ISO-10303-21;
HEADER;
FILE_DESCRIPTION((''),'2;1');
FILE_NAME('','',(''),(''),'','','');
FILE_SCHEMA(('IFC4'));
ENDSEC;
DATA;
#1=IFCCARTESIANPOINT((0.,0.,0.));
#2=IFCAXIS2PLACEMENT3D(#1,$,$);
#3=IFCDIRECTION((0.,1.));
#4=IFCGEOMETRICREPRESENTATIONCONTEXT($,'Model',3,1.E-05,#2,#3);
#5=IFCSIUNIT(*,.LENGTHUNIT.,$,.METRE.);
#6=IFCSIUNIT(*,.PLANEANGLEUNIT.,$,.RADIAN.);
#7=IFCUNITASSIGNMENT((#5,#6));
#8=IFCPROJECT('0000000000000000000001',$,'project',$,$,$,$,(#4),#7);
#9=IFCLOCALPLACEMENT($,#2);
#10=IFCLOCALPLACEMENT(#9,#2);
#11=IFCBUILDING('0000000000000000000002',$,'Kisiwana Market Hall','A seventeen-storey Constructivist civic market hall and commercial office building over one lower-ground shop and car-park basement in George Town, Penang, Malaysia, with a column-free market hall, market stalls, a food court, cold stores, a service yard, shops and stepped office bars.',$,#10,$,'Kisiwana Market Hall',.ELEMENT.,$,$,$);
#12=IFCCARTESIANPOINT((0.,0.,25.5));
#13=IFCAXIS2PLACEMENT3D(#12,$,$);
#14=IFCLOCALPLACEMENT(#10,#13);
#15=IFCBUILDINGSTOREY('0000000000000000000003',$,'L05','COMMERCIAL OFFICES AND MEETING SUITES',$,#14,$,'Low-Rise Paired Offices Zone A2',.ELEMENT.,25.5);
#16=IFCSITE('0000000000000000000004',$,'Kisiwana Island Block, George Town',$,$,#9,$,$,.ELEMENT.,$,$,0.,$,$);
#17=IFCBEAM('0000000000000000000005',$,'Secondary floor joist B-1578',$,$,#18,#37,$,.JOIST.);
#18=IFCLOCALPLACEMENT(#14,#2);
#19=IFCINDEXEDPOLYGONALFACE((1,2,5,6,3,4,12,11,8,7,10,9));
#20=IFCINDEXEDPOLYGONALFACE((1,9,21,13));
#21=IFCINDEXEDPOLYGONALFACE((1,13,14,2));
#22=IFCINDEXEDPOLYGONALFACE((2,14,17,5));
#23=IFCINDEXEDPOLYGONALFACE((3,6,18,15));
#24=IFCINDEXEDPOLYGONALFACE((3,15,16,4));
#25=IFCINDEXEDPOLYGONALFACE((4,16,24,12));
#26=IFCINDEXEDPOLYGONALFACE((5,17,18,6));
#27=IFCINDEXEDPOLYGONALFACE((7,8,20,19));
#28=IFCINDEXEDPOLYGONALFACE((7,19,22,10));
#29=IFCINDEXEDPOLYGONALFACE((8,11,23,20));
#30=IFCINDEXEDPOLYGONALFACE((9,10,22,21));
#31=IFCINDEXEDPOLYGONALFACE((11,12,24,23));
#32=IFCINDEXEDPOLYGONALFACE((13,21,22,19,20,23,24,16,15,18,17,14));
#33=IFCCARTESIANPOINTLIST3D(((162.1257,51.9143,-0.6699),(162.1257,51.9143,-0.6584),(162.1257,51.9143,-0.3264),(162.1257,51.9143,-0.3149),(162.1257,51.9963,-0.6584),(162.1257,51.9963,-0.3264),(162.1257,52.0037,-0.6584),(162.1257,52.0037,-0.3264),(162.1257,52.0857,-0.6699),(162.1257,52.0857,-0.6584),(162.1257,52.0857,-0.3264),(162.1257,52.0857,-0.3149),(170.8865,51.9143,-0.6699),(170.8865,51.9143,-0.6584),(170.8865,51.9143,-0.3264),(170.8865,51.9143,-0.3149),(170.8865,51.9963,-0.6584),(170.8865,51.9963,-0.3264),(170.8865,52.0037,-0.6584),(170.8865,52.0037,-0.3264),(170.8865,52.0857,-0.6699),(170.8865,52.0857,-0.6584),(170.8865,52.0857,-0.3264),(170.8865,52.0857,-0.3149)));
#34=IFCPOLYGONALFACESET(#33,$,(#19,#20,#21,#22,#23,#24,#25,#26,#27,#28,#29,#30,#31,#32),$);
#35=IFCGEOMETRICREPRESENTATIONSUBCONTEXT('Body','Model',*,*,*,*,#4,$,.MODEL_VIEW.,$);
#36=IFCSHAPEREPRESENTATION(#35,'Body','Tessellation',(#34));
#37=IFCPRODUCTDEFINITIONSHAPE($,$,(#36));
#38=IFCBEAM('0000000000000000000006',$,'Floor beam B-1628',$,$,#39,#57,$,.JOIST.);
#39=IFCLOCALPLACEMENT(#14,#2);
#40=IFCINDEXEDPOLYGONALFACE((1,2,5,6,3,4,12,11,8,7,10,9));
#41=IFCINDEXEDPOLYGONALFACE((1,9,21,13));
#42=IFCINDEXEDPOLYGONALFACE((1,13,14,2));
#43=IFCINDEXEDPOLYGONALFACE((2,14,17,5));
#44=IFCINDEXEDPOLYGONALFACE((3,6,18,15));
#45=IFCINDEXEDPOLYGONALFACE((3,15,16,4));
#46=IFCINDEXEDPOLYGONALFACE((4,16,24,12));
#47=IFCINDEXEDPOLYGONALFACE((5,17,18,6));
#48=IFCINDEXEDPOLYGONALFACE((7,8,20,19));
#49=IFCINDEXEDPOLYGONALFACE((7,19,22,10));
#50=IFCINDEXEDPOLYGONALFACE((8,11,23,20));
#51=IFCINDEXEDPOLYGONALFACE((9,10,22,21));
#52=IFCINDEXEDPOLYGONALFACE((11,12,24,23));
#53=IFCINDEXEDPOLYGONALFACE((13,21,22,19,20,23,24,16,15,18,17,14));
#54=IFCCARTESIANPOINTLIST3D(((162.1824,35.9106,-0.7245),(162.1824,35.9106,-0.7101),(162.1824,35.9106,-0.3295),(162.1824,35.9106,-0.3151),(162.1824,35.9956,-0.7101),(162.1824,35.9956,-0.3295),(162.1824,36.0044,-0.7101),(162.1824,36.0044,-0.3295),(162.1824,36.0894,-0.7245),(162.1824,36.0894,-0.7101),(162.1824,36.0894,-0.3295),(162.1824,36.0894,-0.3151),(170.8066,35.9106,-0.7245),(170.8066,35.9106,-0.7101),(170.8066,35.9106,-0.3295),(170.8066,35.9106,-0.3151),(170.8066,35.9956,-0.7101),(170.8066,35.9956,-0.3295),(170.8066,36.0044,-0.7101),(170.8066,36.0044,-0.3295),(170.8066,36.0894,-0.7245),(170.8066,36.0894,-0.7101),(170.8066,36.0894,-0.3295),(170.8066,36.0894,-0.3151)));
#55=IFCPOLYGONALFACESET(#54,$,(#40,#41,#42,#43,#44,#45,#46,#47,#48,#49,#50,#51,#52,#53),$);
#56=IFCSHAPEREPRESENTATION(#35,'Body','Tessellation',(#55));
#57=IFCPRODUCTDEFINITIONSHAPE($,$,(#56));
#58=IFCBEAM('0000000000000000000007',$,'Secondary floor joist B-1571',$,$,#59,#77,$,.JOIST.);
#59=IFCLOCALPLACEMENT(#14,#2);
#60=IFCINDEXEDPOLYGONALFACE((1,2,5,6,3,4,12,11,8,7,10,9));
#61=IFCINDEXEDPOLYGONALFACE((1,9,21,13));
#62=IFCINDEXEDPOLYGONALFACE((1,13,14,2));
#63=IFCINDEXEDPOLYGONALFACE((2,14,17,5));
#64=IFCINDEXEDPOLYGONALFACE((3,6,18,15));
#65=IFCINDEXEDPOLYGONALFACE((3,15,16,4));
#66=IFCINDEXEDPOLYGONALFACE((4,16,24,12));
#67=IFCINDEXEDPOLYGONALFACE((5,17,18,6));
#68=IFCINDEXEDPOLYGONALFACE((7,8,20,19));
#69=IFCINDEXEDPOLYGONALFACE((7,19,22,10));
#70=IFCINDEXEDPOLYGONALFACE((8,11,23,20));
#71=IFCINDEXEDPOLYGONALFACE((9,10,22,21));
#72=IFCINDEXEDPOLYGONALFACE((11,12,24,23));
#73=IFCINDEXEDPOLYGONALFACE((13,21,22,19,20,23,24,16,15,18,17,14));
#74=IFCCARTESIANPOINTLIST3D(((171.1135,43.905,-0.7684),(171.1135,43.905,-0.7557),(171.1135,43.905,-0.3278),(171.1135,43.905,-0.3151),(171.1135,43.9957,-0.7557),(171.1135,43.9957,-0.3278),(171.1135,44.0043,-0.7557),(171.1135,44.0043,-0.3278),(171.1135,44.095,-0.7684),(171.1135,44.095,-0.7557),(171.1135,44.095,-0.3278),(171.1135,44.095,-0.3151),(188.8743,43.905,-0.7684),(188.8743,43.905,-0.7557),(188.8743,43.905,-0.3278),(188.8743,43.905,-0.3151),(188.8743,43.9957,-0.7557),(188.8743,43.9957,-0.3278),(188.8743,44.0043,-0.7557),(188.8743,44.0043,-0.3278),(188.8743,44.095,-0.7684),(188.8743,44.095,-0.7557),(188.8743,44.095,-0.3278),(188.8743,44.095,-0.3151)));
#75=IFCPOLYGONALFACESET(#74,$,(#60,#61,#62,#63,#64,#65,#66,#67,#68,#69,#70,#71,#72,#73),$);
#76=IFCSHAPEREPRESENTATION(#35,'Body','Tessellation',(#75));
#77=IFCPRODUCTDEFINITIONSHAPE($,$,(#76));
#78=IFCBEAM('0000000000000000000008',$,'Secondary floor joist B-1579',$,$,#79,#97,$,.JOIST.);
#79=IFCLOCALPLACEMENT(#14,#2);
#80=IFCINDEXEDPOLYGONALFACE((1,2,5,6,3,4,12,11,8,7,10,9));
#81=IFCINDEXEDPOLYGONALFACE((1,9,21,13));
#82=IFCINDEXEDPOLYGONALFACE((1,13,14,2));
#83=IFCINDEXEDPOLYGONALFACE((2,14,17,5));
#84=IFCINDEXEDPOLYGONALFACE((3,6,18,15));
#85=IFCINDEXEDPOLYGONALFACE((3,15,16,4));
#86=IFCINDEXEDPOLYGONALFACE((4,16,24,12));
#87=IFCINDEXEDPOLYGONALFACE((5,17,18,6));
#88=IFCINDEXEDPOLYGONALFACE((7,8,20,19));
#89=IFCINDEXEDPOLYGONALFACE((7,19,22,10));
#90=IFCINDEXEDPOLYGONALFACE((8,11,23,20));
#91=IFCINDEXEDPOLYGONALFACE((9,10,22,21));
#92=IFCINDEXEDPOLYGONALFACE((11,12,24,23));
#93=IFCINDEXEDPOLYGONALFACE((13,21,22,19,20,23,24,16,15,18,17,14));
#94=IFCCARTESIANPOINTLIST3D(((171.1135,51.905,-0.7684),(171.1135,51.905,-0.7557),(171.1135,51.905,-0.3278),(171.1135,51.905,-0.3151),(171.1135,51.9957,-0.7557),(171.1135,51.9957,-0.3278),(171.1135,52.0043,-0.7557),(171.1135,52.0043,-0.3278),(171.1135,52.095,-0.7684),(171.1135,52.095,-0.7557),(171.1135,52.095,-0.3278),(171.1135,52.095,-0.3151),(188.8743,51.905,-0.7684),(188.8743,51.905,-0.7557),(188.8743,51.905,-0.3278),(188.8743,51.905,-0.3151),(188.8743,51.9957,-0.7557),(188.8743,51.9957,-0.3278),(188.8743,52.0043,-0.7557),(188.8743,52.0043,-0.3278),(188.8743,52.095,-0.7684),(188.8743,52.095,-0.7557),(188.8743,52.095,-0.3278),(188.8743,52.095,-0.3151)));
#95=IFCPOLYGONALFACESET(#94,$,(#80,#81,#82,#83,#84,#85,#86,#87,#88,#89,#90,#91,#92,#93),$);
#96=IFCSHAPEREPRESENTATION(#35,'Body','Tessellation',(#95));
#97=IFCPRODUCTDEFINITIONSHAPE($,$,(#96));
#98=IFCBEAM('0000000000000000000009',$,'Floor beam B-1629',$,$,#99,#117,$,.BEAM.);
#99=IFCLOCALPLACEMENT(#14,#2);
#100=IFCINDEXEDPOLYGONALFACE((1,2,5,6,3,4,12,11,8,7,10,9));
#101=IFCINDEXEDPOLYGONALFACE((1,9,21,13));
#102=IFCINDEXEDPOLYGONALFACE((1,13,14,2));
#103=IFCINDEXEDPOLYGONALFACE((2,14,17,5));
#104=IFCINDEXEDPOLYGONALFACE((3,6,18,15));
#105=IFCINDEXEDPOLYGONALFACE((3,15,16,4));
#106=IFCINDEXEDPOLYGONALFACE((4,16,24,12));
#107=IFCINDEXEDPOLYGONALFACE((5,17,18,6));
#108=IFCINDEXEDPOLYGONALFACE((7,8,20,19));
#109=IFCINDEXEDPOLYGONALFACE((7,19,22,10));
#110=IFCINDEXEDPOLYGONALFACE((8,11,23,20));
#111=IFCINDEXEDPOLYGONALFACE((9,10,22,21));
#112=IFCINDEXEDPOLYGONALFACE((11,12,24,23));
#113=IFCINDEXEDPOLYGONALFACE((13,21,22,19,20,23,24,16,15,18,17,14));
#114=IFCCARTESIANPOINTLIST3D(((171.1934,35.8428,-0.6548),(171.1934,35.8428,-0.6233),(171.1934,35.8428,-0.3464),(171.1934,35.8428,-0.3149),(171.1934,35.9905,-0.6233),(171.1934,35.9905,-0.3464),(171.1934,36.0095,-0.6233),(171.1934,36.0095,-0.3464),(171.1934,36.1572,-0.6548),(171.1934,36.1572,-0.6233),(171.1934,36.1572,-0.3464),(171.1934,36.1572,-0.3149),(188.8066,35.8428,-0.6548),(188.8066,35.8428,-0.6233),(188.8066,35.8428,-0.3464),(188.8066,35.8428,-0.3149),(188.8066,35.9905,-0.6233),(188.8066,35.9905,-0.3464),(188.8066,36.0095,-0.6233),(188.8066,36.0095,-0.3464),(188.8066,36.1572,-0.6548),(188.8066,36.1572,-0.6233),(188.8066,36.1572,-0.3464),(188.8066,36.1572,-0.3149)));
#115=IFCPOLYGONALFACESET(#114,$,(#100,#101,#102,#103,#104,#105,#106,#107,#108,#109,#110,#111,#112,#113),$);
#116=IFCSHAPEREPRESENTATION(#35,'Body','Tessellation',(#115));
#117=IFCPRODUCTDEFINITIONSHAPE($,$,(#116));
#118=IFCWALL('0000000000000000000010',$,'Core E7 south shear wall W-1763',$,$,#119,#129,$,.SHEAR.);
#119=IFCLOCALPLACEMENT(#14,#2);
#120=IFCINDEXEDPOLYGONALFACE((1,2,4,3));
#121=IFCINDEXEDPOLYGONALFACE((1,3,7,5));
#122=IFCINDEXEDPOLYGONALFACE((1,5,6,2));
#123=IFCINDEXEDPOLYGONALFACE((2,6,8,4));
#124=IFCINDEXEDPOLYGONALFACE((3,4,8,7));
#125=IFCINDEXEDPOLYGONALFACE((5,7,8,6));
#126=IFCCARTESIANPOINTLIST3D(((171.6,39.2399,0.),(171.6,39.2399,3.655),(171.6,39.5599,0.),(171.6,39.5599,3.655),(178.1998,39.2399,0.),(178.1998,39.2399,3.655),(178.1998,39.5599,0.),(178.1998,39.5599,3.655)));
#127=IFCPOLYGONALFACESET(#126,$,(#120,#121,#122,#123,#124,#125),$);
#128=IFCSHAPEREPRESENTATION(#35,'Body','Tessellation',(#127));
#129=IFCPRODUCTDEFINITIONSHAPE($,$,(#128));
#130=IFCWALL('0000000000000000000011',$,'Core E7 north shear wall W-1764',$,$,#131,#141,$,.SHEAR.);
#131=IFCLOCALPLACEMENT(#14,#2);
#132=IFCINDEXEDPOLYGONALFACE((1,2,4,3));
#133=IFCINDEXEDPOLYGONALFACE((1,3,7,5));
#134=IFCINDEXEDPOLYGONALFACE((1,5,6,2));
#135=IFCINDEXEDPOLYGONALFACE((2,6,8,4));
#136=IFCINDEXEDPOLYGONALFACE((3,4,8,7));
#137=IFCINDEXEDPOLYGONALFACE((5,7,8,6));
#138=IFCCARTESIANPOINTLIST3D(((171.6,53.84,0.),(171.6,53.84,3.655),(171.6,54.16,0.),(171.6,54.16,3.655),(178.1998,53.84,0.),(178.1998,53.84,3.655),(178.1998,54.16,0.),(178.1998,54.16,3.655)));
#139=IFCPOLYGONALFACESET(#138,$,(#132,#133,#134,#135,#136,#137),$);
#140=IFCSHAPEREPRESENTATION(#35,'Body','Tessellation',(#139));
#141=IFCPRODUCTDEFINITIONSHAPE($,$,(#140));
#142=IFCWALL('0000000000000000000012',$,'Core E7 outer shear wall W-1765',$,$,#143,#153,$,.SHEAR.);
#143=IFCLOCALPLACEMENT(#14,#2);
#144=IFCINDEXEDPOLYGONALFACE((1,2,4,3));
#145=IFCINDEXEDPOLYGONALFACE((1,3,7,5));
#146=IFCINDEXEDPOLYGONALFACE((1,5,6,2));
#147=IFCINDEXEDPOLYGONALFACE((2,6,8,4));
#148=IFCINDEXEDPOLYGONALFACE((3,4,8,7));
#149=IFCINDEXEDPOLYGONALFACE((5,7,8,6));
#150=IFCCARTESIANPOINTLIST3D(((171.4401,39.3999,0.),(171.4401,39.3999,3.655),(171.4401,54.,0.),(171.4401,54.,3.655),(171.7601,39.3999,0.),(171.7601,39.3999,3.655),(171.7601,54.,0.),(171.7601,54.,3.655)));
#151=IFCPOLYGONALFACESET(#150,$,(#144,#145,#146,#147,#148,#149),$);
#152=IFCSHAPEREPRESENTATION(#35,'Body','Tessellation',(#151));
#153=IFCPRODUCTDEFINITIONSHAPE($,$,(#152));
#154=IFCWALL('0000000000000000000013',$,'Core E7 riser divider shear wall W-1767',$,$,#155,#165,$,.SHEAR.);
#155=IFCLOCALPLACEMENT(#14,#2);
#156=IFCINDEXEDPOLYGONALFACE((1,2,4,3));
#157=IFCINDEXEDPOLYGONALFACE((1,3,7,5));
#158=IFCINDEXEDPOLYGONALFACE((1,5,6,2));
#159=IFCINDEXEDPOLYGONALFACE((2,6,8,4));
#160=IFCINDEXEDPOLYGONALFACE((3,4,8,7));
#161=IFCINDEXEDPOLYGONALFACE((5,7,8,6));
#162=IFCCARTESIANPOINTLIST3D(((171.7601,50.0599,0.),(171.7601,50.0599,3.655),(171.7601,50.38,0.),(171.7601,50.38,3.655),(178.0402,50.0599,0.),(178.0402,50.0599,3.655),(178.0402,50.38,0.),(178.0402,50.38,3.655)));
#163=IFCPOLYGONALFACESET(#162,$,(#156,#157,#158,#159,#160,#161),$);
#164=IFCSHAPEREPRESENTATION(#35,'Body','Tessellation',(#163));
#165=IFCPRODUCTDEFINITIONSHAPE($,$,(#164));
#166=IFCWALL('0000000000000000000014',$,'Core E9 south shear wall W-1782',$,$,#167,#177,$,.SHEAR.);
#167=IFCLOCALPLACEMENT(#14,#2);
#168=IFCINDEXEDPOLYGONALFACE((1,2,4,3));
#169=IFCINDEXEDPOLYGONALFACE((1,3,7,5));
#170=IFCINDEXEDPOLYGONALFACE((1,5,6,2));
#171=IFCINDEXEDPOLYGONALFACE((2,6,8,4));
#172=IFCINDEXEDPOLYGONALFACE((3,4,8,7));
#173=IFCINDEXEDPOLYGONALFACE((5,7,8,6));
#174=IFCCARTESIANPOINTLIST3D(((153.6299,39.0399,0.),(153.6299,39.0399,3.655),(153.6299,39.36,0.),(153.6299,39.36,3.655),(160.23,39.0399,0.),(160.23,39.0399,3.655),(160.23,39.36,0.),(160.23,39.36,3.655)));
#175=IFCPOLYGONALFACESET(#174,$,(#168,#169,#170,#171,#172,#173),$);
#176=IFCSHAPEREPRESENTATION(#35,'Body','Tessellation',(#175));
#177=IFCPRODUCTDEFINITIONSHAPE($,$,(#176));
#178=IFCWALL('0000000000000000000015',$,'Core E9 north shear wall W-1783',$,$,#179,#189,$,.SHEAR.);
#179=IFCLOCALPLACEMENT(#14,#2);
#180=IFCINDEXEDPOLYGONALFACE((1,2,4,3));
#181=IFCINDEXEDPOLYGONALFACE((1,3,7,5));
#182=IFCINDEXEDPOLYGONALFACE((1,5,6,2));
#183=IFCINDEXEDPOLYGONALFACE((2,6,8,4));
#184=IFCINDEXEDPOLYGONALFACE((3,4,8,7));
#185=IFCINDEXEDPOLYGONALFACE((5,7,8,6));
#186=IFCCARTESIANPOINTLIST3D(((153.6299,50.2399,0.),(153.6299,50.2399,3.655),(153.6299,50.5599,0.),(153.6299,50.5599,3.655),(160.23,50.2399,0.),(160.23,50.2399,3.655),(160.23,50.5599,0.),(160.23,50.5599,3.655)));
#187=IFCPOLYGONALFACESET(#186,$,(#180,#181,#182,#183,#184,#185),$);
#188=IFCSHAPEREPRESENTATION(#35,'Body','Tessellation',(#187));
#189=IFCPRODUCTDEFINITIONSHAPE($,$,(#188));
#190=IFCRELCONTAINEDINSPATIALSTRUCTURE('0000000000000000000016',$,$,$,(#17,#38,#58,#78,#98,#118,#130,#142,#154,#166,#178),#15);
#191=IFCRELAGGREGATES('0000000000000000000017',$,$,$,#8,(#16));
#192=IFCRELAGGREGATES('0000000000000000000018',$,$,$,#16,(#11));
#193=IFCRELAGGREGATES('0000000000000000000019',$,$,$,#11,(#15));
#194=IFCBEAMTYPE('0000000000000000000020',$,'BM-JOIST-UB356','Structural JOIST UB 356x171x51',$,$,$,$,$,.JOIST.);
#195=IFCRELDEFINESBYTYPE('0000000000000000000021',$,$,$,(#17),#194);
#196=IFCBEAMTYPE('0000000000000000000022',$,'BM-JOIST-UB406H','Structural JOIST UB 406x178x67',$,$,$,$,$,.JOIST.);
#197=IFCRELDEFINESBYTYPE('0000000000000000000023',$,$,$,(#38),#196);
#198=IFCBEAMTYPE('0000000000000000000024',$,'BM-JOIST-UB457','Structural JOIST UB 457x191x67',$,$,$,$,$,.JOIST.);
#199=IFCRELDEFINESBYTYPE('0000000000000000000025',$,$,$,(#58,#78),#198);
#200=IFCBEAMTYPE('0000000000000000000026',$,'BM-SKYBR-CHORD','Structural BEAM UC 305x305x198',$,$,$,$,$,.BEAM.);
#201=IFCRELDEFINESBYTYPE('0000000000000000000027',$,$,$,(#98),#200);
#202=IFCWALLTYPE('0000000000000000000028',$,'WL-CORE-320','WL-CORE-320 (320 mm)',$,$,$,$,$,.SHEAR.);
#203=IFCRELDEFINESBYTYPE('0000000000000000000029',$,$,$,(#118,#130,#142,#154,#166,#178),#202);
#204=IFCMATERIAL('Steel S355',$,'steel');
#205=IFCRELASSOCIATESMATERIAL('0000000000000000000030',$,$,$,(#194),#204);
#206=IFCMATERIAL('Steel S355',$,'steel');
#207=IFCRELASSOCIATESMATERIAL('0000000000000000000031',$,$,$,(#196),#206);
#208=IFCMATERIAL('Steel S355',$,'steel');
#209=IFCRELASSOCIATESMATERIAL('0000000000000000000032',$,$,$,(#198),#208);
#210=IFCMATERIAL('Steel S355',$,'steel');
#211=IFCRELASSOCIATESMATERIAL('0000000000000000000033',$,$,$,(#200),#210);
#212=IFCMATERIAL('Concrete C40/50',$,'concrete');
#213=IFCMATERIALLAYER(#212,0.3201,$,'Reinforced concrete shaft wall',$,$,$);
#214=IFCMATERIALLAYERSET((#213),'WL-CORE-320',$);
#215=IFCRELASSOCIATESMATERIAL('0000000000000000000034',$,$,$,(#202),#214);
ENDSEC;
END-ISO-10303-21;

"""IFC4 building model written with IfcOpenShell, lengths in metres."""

from ifc_helpers import new_model, si_unit, direction, frame, frame_2d, origin, origin_2d, place, context, subcontext, project, spatial, rectangle, i_section, extrude, material, layer, layer_set, material_profile, profile_set, type_object, element, save


model = new_model("IFC4")

# Units and contexts
model_context = context("Model", 3, precision=1e-05, world=origin(), true_north=direction((0.0, 1.0)))
body_context = subcontext(model_context, "Body", "Model", "MODEL_VIEW")
ifc_project = project(units=[si_unit("LENGTHUNIT", "METRE"), si_unit("PLANEANGLEUNIT", "RADIAN")], contexts=[model_context])

# Site, building, storey
site_placement = place(None, origin())
site = spatial("IfcSite", under=ifc_project, at=site_placement, Name="Kisiwana Island Block, George Town", CompositionType="ELEMENT", RefElevation=0.0)
building_placement = place(site_placement, origin())
building = spatial("IfcBuilding", under=site, at=building_placement, Name="Kisiwana Market Hall", Description="A seventeen-storey Constructivist civic market hall and commercial office building over one lower-ground shop and car-park basement in George Town, Penang, Malaysia, with a column-free market hall, market stalls, a food court, cold stores, a service yard, shops and stepped office bars.", LongName="Kisiwana Market Hall", CompositionType="ELEMENT")
storey_placement = place(building_placement, frame((0.0, 0.0, 25.5)))
storey = spatial("IfcBuildingStorey", under=building, at=storey_placement, Name="L05", Description="COMMERCIAL OFFICES AND MEETING SUITES", LongName="Low-Rise Paired Offices Zone A2", CompositionType="ELEMENT", Elevation=25.5)

# Beams
ifc_material_1 = material(Name="Steel S355", Category="steel")
ifc_material_profile_1 = material_profile(ifc_material_1, i_section(OverallWidth=0.1714, OverallDepth=0.355, WebThickness=0.0073, FlangeThickness=0.0115, at=origin_2d()), Name="UB 356x171x51")
ifc_profile_set_1 = profile_set([ifc_material_profile_1], Name="Steel S355")
beam_type_1 = type_object("IfcBeamType", Name="BM-JOIST-UB356", Description="Structural JOIST UB 356x171x51", PredefinedType="JOIST", material=ifc_profile_set_1)
for number, where, z_axis, x_axis, name in (
    (1, (162.1257, 52.0, -0.4924), (1.0, 0.0, 0.0), (0.0, 1.0, 0.0), "Secondary floor joist B-1578"),
):
    element("IfcBeam", number, at=place(storey_placement, frame(where, z_axis=z_axis, x_axis=x_axis)), inside=storey, type_object=beam_type_1, Name=name, PredefinedType="JOIST", context=body_context, shape_type="SweptSolid", body=[
        extrude(i_section(OverallWidth=0.1714, OverallDepth=0.355, WebThickness=0.0073, FlangeThickness=0.0115, at=origin_2d()), origin(), (0.0, 0.0, 1.0), 8.7607),
    ])
ifc_material_2 = material(Name="Steel S355", Category="steel")
ifc_material_profile_2 = material_profile(ifc_material_2, i_section(OverallWidth=0.1787, OverallDepth=0.4094, WebThickness=0.0088, FlangeThickness=0.0144, at=origin_2d()), Name="UB 406x178x67")
ifc_profile_set_2 = profile_set([ifc_material_profile_2], Name="Steel S355")
beam_type_2 = type_object("IfcBeamType", Name="BM-JOIST-UB406H", Description="Structural JOIST UB 406x178x67", PredefinedType="JOIST", material=ifc_profile_set_2)
beam_1_placement = place(storey_placement, frame((162.1824, 36.0, -0.5198), z_axis=(1.0, 0.0, 0.0), x_axis=(0.0, 1.0, 0.0)))
element("IfcBeam", 2, at=beam_1_placement, inside=storey, type_object=beam_type_2, Name="Floor beam B-1628", PredefinedType="JOIST", context=body_context, shape_type="SweptSolid", body=[
    extrude(i_section(OverallWidth=0.1787, OverallDepth=0.4094, WebThickness=0.0088, FlangeThickness=0.0144, at=origin_2d()), origin(), (0.0, 0.0, 1.0), 8.6243),
])
ifc_material_3 = material(Name="Steel S355", Category="steel")
ifc_material_profile_3 = material_profile(ifc_material_3, i_section(OverallWidth=0.1899, OverallDepth=0.4534, WebThickness=0.0085, FlangeThickness=0.0127, at=origin_2d()), Name="UB 457x191x67")
ifc_profile_set_3 = profile_set([ifc_material_profile_3], Name="Steel S355")
beam_type_3 = type_object("IfcBeamType", Name="BM-JOIST-UB457", Description="Structural JOIST UB 457x191x67", PredefinedType="JOIST", material=ifc_profile_set_3)
for number, where, z_axis, x_axis, name in (
    (3, (171.1135, 44.0, -0.5417), (1.0, 0.0, 0.0), (0.0, 1.0, 0.0), "Secondary floor joist B-1571"),
    (4, (171.1135, 52.0, -0.5417), (1.0, 0.0, 0.0), (0.0, 1.0, 0.0), "Secondary floor joist B-1579"),
):
    element("IfcBeam", number, at=place(storey_placement, frame(where, z_axis=z_axis, x_axis=x_axis)), inside=storey, type_object=beam_type_3, Name=name, PredefinedType="JOIST", context=body_context, shape_type="SweptSolid", body=[
        extrude(i_section(OverallWidth=0.1899, OverallDepth=0.4534, WebThickness=0.0085, FlangeThickness=0.0127, at=origin_2d()), origin(), (0.0, 0.0, 1.0), 17.7607),
    ])
ifc_material_4 = material(Name="Steel S355", Category="steel")
ifc_material_profile_4 = material_profile(ifc_material_4, i_section(OverallWidth=0.3145, OverallDepth=0.3398, WebThickness=0.019, FlangeThickness=0.0315, at=origin_2d()), Name="UC 305x305x198")
ifc_profile_set_4 = profile_set([ifc_material_profile_4], Name="Steel S355")
beam_type_4 = type_object("IfcBeamType", Name="BM-SKYBR-CHORD", Description="Structural BEAM UC 305x305x198", PredefinedType="BEAM", material=ifc_profile_set_4)
beam_2_placement = place(storey_placement, frame((171.1934, 36.0, -0.4849), z_axis=(1.0, 0.0, 0.0), x_axis=(0.0, 1.0, 0.0)))
element("IfcBeam", 5, at=beam_2_placement, inside=storey, type_object=beam_type_4, Name="Floor beam B-1629", PredefinedType="BEAM", context=body_context, shape_type="SweptSolid", body=[
    extrude(i_section(OverallWidth=0.3145, OverallDepth=0.3398, WebThickness=0.019, FlangeThickness=0.0315, at=origin_2d()), origin(), (0.0, 0.0, 1.0), 17.6133),
])

# Walls
ifc_material_5 = material(Name="Concrete C40/50", Category="concrete")
ifc_layer_1 = layer(ifc_material_5, 0.3201, Name="Reinforced concrete shaft wall")
ifc_layer_set_1 = layer_set([ifc_layer_1], Name="WL-CORE-320")
wall_type_1 = type_object("IfcWallType", Name="WL-CORE-320", Description="WL-CORE-320 (320 mm)", PredefinedType="SHEAR", material=ifc_layer_set_1)
for number, where, z_axis, x_axis, name in (
    (6, (171.6001, 39.3999, 0.0), (0.0, 0.0, 1.0), (1.0, 0.0, 0.0), "Core E7 south shear wall W-1763"),
    (7, (171.6001, 54.0, 0.0), (0.0, 0.0, 1.0), (1.0, 0.0, 0.0), "Core E7 north shear wall W-1764"),
):
    element("IfcWall", number, at=place(storey_placement, frame(where, z_axis=z_axis, x_axis=x_axis)), inside=storey, type_object=wall_type_1, Name=name, PredefinedType="SHEAR", context=body_context, shape_type="SweptSolid", body=[
        extrude(rectangle(XDim=6.5999, YDim=0.3201, at=frame_2d((3.2998, 0.0))), origin(), (0.0, 0.0, 1.0), 3.655),
    ])
wall_1_placement = place(storey_placement, frame((171.6001, 39.3999, 0.0), z_axis=(0.0, 0.0, 1.0), x_axis=(0.0, 1.0, 0.0)))
element("IfcWall", 8, at=wall_1_placement, inside=storey, type_object=wall_type_1, Name="Core E7 outer shear wall W-1765", PredefinedType="SHEAR", context=body_context, shape_type="SweptSolid", body=[
    extrude(rectangle(XDim=14.6001, YDim=0.3201, at=frame_2d((7.3, 0.0))), origin(), (0.0, 0.0, 1.0), 3.655),
])
wall_2_placement = place(storey_placement, frame((171.76, 50.22, 0.0), z_axis=(0.0, 0.0, 1.0), x_axis=(1.0, 0.0, 0.0)))
element("IfcWall", 9, at=wall_2_placement, inside=storey, type_object=wall_type_1, Name="Core E7 riser divider shear wall W-1767", PredefinedType="SHEAR", context=body_context, shape_type="SweptSolid", body=[
    extrude(rectangle(XDim=6.28, YDim=0.3201, at=frame_2d((3.1401, 0.0))), origin(), (0.0, 0.0, 1.0), 3.655),
])
for number, where, z_axis, x_axis, name in (
    (10, (153.6299, 39.2, 0.0), (0.0, 0.0, 1.0), (1.0, 0.0, 0.0), "Core E9 south shear wall W-1782"),
    (11, (153.6299, 50.3999, 0.0), (0.0, 0.0, 1.0), (1.0, 0.0, 0.0), "Core E9 north shear wall W-1783"),
):
    element("IfcWall", number, at=place(storey_placement, frame(where, z_axis=z_axis, x_axis=x_axis)), inside=storey, type_object=wall_type_1, Name=name, PredefinedType="SHEAR", context=body_context, shape_type="SweptSolid", body=[
        extrude(rectangle(XDim=6.6001, YDim=0.3201, at=frame_2d((3.3, 0.0))), origin(), (0.0, 0.0, 1.0), 3.655),
    ])

save(model, "model.ifc")
